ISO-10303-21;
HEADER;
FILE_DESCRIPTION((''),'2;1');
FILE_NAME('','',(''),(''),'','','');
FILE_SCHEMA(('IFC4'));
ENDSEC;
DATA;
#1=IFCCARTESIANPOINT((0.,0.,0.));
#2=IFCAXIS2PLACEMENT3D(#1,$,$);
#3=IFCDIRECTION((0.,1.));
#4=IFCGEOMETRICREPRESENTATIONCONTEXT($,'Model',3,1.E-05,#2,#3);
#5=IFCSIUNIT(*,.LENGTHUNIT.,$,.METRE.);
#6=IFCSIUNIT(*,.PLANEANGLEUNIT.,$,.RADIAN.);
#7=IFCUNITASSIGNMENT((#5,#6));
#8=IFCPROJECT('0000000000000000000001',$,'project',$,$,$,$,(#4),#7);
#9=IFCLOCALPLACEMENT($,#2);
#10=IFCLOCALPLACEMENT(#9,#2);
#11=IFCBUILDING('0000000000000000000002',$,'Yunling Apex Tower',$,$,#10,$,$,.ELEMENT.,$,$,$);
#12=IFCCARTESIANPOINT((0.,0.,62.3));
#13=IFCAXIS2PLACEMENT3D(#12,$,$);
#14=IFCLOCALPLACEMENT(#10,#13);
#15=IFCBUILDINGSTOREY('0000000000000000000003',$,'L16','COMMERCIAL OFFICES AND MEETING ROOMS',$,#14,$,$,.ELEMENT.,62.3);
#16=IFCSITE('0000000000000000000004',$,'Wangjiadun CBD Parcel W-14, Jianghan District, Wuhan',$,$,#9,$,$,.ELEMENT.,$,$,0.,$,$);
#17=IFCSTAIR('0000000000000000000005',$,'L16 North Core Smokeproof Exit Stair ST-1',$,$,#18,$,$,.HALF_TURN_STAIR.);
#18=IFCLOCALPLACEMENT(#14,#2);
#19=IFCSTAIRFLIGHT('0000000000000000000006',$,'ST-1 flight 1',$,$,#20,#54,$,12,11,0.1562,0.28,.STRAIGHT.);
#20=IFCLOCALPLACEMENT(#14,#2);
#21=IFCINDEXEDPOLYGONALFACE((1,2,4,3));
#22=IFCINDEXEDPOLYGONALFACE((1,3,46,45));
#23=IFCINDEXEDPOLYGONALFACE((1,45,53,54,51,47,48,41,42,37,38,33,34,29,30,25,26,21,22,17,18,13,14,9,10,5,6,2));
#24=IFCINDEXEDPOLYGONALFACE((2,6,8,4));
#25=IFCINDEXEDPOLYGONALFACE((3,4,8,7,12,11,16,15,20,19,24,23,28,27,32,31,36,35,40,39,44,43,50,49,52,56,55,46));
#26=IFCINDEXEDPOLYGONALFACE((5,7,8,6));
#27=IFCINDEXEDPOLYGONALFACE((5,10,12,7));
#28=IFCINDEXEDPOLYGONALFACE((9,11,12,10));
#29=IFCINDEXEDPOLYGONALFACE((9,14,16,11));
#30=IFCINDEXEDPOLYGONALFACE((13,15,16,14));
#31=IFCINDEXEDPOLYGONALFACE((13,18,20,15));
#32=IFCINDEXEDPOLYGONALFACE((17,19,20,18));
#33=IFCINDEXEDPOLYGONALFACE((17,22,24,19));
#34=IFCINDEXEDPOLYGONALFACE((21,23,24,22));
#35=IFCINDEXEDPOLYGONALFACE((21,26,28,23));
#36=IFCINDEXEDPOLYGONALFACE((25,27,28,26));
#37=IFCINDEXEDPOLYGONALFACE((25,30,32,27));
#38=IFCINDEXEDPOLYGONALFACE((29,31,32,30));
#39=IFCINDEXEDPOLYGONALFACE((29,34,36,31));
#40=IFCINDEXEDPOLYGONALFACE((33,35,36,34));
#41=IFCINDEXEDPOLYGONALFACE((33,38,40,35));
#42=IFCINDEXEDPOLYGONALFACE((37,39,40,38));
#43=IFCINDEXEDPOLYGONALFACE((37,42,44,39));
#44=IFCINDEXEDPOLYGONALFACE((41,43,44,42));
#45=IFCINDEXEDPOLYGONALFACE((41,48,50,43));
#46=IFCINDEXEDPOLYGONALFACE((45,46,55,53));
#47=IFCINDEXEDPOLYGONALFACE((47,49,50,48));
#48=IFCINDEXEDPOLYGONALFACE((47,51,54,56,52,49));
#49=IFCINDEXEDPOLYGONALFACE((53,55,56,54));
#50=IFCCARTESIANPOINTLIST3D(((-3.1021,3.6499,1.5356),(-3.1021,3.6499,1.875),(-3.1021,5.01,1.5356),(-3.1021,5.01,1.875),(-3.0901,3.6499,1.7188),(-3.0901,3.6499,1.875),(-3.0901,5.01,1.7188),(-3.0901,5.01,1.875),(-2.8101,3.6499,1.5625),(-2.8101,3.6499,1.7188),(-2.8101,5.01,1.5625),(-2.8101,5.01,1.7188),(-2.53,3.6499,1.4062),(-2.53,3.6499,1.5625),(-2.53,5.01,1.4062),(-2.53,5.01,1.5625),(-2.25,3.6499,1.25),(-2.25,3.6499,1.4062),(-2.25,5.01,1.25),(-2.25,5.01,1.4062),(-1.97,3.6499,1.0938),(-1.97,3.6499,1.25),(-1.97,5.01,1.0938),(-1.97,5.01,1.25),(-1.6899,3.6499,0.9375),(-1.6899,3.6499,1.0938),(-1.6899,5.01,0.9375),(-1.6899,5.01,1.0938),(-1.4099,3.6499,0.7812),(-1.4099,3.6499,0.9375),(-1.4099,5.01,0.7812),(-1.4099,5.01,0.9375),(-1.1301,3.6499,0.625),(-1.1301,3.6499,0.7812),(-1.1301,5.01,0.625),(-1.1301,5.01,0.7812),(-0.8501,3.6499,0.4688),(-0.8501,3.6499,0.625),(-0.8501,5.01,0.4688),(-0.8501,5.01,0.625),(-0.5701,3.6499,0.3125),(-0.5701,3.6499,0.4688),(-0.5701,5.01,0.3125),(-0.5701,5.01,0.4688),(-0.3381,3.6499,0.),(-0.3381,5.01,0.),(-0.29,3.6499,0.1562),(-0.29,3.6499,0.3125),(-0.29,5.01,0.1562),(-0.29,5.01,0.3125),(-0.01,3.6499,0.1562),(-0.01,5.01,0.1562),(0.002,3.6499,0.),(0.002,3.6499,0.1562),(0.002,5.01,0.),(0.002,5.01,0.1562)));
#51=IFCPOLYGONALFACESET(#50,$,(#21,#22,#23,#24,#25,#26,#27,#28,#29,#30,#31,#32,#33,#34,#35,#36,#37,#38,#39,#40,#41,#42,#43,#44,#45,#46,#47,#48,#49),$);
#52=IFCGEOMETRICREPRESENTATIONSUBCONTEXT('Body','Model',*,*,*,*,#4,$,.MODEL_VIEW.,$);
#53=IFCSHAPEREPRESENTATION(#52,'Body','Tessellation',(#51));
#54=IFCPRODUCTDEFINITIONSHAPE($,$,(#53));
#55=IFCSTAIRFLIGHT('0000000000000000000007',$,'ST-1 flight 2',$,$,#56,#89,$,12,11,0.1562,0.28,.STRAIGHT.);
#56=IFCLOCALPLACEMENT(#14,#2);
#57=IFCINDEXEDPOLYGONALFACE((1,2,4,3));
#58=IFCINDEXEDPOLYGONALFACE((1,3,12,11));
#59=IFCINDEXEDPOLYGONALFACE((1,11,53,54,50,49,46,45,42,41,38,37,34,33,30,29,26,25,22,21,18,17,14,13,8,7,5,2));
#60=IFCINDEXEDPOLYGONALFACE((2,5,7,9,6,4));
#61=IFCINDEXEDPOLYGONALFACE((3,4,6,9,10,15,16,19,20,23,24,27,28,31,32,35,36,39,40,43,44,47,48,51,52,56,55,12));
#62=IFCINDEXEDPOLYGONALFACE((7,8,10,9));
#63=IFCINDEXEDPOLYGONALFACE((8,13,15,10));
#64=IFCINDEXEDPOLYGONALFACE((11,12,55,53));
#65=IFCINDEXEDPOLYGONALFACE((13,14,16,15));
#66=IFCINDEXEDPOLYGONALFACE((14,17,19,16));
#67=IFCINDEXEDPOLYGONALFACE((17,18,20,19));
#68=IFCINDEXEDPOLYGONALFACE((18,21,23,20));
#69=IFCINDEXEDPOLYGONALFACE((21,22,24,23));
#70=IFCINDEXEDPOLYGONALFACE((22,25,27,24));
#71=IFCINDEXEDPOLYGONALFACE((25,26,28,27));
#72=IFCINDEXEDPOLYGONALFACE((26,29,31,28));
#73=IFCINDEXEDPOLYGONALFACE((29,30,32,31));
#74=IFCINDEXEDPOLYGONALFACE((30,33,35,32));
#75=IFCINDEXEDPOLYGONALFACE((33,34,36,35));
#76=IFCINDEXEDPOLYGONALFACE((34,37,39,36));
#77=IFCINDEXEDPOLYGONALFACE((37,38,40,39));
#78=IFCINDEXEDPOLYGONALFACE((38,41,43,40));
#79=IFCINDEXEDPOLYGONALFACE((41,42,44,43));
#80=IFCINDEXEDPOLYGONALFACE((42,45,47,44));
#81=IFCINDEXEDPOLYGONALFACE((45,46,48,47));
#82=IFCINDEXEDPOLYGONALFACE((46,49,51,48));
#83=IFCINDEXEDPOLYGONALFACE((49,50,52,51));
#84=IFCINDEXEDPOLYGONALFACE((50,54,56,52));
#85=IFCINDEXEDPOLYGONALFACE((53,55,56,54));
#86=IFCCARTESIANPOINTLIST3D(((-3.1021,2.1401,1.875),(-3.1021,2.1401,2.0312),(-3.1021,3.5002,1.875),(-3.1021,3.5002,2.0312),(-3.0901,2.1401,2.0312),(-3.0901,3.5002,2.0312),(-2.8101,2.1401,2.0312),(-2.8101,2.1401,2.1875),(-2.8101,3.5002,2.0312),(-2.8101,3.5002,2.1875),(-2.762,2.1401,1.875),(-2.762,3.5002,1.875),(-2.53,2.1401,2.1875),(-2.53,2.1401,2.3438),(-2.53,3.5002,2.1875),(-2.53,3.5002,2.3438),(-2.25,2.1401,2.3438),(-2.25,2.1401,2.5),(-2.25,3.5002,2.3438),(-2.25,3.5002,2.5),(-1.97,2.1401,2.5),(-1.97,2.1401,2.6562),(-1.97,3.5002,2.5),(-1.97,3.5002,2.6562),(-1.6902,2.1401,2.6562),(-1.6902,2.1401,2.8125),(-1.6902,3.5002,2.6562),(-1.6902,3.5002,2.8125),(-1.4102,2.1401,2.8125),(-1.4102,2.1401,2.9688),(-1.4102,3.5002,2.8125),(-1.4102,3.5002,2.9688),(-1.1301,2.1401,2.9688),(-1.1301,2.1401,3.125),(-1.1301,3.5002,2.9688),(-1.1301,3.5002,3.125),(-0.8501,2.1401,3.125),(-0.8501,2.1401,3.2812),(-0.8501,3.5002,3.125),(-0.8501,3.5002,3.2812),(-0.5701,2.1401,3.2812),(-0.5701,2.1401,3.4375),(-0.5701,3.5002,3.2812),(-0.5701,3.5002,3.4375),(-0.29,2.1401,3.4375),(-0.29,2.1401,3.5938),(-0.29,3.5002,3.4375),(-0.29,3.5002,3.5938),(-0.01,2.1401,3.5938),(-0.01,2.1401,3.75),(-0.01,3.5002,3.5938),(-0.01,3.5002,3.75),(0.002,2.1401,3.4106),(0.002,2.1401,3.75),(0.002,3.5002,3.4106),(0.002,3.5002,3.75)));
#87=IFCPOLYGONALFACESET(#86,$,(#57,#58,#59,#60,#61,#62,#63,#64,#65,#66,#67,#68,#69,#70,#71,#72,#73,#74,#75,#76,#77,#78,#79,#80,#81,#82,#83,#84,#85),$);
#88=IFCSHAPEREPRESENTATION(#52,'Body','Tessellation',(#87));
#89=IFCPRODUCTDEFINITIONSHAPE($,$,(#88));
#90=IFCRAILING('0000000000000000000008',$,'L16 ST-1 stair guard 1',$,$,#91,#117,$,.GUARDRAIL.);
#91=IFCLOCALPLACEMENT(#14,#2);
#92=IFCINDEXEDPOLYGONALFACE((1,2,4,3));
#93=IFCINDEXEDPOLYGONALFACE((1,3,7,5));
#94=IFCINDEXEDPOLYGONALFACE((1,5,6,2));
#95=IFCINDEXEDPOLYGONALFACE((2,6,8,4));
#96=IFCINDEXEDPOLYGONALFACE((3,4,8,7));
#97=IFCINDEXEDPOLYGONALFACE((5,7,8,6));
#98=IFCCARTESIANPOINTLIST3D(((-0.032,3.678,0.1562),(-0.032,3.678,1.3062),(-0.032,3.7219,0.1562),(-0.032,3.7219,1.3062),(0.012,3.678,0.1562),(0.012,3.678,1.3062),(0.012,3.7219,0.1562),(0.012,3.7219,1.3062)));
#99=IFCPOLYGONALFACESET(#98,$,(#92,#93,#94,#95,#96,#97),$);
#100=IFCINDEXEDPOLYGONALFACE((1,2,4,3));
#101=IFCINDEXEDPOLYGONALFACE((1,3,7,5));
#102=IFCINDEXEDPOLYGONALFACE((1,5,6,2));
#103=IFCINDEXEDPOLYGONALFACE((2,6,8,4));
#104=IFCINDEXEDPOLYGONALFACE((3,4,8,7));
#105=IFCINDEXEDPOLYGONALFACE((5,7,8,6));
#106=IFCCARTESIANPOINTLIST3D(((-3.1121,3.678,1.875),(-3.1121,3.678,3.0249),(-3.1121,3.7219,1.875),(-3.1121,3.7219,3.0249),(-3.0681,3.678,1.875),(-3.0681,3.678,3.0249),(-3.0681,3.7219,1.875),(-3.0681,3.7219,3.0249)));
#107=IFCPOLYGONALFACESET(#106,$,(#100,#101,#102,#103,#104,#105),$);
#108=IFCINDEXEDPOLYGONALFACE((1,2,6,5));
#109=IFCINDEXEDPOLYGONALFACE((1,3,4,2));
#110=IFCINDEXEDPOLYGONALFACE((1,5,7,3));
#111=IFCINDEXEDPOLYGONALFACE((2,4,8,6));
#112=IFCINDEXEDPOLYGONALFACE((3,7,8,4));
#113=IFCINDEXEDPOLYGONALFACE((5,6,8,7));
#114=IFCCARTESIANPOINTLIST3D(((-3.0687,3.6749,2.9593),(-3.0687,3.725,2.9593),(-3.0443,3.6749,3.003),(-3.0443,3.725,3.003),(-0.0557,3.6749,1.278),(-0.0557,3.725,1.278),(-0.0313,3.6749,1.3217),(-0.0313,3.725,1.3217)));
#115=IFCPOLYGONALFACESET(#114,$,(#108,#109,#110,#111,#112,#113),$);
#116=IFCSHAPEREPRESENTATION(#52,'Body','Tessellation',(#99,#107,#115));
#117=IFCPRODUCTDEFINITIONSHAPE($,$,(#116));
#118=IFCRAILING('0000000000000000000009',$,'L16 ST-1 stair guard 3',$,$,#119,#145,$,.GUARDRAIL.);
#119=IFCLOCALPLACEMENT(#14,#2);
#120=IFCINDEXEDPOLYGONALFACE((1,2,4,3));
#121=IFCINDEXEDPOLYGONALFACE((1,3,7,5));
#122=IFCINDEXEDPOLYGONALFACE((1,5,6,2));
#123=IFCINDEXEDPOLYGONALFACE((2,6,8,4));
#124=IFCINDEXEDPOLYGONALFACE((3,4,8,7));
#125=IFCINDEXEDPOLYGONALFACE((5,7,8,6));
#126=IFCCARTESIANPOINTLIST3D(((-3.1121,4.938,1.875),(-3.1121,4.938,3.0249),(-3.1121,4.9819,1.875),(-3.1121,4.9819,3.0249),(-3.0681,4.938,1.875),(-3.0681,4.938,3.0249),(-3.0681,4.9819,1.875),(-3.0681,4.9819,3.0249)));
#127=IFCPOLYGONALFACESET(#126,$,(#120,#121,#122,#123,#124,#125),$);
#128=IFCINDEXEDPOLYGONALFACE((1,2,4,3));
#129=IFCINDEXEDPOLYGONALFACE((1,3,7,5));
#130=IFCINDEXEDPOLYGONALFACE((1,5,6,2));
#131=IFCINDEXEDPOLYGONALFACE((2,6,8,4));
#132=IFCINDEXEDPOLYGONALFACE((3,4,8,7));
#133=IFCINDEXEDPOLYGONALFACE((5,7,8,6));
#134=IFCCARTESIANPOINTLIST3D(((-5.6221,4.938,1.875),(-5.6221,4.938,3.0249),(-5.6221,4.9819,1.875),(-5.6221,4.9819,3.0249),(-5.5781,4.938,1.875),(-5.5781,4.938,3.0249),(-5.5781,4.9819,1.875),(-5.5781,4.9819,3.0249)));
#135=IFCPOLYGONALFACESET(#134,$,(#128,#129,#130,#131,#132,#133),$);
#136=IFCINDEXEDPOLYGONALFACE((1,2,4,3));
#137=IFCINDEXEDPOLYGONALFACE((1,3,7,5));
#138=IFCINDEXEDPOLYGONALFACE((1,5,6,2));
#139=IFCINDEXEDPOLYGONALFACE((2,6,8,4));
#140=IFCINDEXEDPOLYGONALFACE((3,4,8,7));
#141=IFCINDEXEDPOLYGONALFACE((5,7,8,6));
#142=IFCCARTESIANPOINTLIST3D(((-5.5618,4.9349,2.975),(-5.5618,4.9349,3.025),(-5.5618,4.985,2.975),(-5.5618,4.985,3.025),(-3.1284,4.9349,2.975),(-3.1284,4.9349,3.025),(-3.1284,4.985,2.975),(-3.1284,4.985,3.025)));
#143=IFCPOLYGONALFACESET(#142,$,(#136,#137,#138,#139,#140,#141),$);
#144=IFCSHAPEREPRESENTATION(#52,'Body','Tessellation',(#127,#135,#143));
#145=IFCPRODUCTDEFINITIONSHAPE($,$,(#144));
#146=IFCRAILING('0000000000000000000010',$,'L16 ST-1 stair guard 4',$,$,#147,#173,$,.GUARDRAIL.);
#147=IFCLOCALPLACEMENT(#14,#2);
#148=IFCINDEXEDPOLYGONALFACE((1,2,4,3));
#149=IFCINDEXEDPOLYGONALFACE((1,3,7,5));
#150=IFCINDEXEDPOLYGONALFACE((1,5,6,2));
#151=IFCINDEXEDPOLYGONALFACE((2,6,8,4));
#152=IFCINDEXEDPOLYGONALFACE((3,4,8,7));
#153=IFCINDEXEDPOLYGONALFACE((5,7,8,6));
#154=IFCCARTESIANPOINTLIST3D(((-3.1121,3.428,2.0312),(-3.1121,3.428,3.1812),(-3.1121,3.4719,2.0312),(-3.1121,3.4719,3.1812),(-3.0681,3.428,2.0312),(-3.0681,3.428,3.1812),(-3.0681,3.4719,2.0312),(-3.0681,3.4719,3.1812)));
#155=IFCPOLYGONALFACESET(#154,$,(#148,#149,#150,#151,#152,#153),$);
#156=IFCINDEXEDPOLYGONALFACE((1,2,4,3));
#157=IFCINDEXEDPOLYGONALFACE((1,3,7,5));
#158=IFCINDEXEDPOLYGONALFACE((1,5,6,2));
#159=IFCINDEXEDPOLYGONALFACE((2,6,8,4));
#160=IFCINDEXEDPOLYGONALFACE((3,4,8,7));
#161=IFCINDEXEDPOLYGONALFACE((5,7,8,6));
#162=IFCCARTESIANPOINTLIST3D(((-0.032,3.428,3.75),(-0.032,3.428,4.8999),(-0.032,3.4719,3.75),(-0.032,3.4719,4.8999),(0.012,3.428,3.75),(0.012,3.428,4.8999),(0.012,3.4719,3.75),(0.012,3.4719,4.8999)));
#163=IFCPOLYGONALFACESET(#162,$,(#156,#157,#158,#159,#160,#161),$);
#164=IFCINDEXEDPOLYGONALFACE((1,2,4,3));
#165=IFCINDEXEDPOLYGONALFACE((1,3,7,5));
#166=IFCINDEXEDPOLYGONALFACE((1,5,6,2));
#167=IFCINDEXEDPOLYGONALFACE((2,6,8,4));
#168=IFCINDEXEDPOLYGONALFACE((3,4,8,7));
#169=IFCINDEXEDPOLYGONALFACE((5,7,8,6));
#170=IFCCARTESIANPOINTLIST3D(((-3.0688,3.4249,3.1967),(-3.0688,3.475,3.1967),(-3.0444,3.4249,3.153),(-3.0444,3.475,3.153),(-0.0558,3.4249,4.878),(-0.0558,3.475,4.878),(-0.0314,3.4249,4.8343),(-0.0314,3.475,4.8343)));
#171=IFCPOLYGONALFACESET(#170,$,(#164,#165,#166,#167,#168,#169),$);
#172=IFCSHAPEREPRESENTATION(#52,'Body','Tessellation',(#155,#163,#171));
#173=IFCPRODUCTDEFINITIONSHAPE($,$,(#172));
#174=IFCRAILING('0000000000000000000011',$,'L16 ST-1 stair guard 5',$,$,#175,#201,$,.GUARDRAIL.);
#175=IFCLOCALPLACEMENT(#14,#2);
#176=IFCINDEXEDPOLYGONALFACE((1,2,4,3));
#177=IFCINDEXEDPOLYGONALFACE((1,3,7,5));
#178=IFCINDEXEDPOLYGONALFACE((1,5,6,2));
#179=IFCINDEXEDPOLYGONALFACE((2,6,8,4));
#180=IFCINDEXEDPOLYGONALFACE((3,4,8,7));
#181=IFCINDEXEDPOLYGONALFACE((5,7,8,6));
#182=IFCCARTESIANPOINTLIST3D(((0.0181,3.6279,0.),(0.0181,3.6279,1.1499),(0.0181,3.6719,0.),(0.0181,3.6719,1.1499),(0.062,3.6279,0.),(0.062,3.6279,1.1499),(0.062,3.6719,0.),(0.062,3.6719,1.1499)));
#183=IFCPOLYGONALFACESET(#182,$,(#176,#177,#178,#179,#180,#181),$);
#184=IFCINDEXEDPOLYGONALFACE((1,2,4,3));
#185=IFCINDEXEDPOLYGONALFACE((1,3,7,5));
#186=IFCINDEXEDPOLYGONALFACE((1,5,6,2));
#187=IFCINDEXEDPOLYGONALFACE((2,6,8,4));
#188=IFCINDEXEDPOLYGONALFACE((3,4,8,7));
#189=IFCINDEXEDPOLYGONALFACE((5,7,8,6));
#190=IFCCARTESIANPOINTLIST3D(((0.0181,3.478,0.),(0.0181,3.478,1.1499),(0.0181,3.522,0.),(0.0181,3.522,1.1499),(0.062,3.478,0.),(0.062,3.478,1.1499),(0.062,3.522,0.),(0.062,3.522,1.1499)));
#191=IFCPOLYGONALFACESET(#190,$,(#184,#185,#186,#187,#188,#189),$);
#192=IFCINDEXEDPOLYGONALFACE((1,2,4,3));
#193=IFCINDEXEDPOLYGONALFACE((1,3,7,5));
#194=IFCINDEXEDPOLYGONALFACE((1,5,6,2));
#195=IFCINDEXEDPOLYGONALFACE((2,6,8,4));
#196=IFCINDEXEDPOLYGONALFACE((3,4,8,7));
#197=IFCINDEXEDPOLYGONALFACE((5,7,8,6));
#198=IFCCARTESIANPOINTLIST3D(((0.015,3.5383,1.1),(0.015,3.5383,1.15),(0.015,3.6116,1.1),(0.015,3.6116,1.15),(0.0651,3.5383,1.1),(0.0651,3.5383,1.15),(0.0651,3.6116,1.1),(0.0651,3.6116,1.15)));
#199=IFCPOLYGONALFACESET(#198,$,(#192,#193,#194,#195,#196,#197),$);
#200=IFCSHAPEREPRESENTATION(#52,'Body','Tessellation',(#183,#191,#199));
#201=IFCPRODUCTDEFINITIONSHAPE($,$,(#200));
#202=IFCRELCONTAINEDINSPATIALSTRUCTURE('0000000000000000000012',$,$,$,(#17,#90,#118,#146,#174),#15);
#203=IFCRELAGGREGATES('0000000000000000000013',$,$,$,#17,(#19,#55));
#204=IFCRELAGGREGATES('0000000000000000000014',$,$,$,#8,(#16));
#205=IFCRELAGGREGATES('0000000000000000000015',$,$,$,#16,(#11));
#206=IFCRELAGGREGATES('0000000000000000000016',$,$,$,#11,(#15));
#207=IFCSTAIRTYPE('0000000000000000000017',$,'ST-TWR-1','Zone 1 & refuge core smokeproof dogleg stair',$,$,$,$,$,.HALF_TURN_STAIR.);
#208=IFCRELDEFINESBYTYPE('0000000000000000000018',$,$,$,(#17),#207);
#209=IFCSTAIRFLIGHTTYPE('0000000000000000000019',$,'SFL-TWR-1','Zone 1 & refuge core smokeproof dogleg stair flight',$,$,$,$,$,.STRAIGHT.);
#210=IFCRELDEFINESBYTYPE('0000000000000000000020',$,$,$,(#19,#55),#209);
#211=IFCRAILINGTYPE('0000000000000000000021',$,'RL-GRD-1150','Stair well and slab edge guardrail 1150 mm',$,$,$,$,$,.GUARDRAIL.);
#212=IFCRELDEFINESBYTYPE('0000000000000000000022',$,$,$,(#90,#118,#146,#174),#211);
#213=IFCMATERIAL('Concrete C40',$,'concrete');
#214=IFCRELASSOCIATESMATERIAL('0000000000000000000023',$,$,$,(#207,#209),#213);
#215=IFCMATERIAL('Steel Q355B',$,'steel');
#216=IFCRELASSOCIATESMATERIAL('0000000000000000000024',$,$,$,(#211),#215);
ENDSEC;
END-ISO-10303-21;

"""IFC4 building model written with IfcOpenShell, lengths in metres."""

from ifc_helpers import new_model, si_unit, direction, frame, origin, origin_2d, place, context, subcontext, project, spatial, polyline, rectangle, outline, extrude, material, type_object, element, aggregate, save


model = new_model("IFC4")

# Units and contexts
model_context = context("Model", 3, precision=1e-05, world=origin(), true_north=direction((0.0, 1.0)))
body_context = subcontext(model_context, "Body", "Model", "MODEL_VIEW")
ifc_project = project(units=[si_unit("LENGTHUNIT", "METRE"), si_unit("PLANEANGLEUNIT", "RADIAN")], contexts=[model_context])

# Site, building, storey
site_placement = place(None, origin())
site = spatial("IfcSite", under=ifc_project, at=site_placement, Name="Wangjiadun CBD Parcel W-14, Jianghan District, Wuhan", CompositionType="ELEMENT", RefElevation=0.0)
building_placement = place(site_placement, origin())
building = spatial("IfcBuilding", under=site, at=building_placement, Name="Yunling Apex Tower", CompositionType="ELEMENT")
storey_placement = place(building_placement, frame((0.0, 0.0, 62.3)))
storey = spatial("IfcBuildingStorey", under=building, at=storey_placement, Name="L16", Description="COMMERCIAL OFFICES AND MEETING ROOMS", CompositionType="ELEMENT", Elevation=62.3)

# Shared definitions
ifc_material_1 = material(Name="Steel Q355B", Category="steel")

# Shared definitions
ifc_material_2 = material(Name="Concrete C40", Category="concrete")

# Stair
stair_type = type_object("IfcStairType", Name="ST-TWR-1", Description="Zone 1 & refuge core smokeproof dogleg stair", PredefinedType="HALF_TURN_STAIR", material=ifc_material_2)
stair_1_placement = place(storey_placement, origin())
stair_1 = element("IfcStair", 1, at=stair_1_placement, inside=storey, type_object=stair_type, Name="L16 North Core Smokeproof Exit Stair ST-1", PredefinedType="HALF_TURN_STAIR")

# Stair flights
stair_flight_type = type_object("IfcStairFlightType", Name="SFL-TWR-1", Description="Zone 1 & refuge core smokeproof dogleg stair flight", PredefinedType="STRAIGHT", material=ifc_material_2)
stair_flight_1_placement = place(storey_placement, frame((-0.01, 4.3301, 0.0), z_axis=(0.0, 0.0, 1.0), x_axis=(-1.0, 0.0, 0.0)))
stair_flight_1 = element("IfcStairFlight", 2, at=stair_flight_1_placement, type_object=stair_flight_type, Name="ST-1 flight 1", NumberOfRisers=12, NumberOfTreads=11, PredefinedType="STRAIGHT", RiserHeight=0.1562, TreadLength=0.28, context=body_context, shape_type="SweptSolid", body=[
    extrude(outline(polyline([(-0.012, 0.0), (-0.012, 0.1562), (0.0, 0.1562), (0.28, 0.1562), (0.28, 0.3125), (0.5601, 0.3125), (0.5601, 0.4688), (0.8401, 0.4688), (0.8401, 0.625), (1.1201, 0.625), (1.1201, 0.7812), (1.3999, 0.7812), (1.3999, 0.9375), (1.6799, 0.9375), (1.6799, 1.0938), (1.96, 1.0938), (1.96, 1.25), (2.24, 1.25), (2.24, 1.4062), (2.52, 1.4062), (2.52, 1.5625), (2.8, 1.5625), (2.8, 1.7188), (3.0801, 1.7188), (3.0801, 1.875), (3.092, 1.875), (3.092, 1.5356), (0.3281, 0.0), (-0.012, 0.0)])), frame((0.0, 0.6802, 0.0), z_axis=(0.0, -1.0, 0.0), x_axis=(1.0, 0.0, 0.0)), (0.0, 0.0, 1.0), 1.3601),
])
stair_flight_2_placement = place(storey_placement, frame((-3.0901, 2.8201, 1.875), z_axis=(0.0, 0.0, 1.0), x_axis=(1.0, 0.0, 0.0)))
stair_flight_2 = element("IfcStairFlight", 3, at=stair_flight_2_placement, type_object=stair_flight_type, Name="ST-1 flight 2", NumberOfRisers=12, NumberOfTreads=11, PredefinedType="STRAIGHT", RiserHeight=0.1562, TreadLength=0.28, context=body_context, shape_type="SweptSolid", body=[
    extrude(outline(polyline([(-0.012, 0.0), (-0.012, 0.1562), (0.0, 0.1562), (0.28, 0.1562), (0.28, 0.3125), (0.5601, 0.3125), (0.5601, 0.4688), (0.8401, 0.4688), (0.8401, 0.625), (1.1201, 0.625), (1.1201, 0.7812), (1.3999, 0.7812), (1.3999, 0.9375), (1.6799, 0.9375), (1.6799, 1.0938), (1.96, 1.0938), (1.96, 1.25), (2.24, 1.25), (2.24, 1.4062), (2.52, 1.4062), (2.52, 1.5625), (2.8, 1.5625), (2.8, 1.7188), (3.0801, 1.7188), (3.0801, 1.875), (3.092, 1.875), (3.092, 1.5356), (0.3281, 0.0), (-0.012, 0.0)])), frame((0.0, 0.6802, 0.0), z_axis=(0.0, -1.0, 0.0), x_axis=(1.0, 0.0, 0.0)), (0.0, 0.0, 1.0), 1.3601),
])
aggregate(stair_1, [stair_flight_1, stair_flight_2])

# Railings
railing_type_1 = type_object("IfcRailingType", Name="RL-GRD-1150", Description="Stair well and slab edge guardrail 1150 mm", PredefinedType="GUARDRAIL", material=ifc_material_1)
railing_1_placement = place(storey_placement, frame((-0.01, 3.7, 0.1562)))
element("IfcRailing", 4, at=railing_1_placement, inside=storey, type_object=railing_type_1, Name="L16 ST-1 stair guard 1", PredefinedType="GUARDRAIL", context=body_context, shape_type="SweptSolid", body=[
    extrude(rectangle(XDim=0.0439, YDim=0.0439, at=origin_2d()), origin(), (0.0, 0.0, 1.0), 1.1499),
    extrude(rectangle(XDim=0.0439, YDim=0.0439, at=origin_2d()), frame((-3.0801, 0.0, 1.7188)), (0.0, 0.0, 1.0), 1.1499),
    extrude(rectangle(XDim=0.05, YDim=0.05, at=origin_2d()), frame((-0.0334, 0.0, 1.1436), z_axis=(-0.873242, 0.0, 0.487288), x_axis=(0.0, -1.0, 0.0)), (0.0, 0.0, 1.0), 3.4504),
])
railing_2_placement = place(storey_placement, frame((-3.0901, 4.96, 1.875)))
element("IfcRailing", 5, at=railing_2_placement, inside=storey, type_object=railing_type_1, Name="L16 ST-1 stair guard 3", PredefinedType="GUARDRAIL", context=body_context, shape_type="SweptSolid", body=[
    extrude(rectangle(XDim=0.0439, YDim=0.0439, at=origin_2d()), origin(), (0.0, 0.0, 1.0), 1.1499),
    extrude(rectangle(XDim=0.0439, YDim=0.0439, at=origin_2d()), frame((-2.51, 0.0, 0.0)), (0.0, 0.0, 1.0), 1.1499),
    extrude(rectangle(XDim=0.05, YDim=0.05, at=origin_2d()), frame((-0.0383, 0.0, 1.125), z_axis=(-1.0, 0.0, 0.0), x_axis=(0.0, -1.0, 0.0)), (0.0, 0.0, 1.0), 2.4333),
])
railing_3_placement = place(storey_placement, frame((-3.0901, 3.45, 2.0312)))
element("IfcRailing", 6, at=railing_3_placement, inside=storey, type_object=railing_type_1, Name="L16 ST-1 stair guard 4", PredefinedType="GUARDRAIL", context=body_context, shape_type="SweptSolid", body=[
    extrude(rectangle(XDim=0.0439, YDim=0.0439, at=origin_2d()), origin(), (0.0, 0.0, 1.0), 1.1499),
    extrude(rectangle(XDim=0.0439, YDim=0.0439, at=origin_2d()), frame((3.0801, 0.0, 1.7188)), (0.0, 0.0, 1.0), 1.1499),
    extrude(rectangle(XDim=0.05, YDim=0.05, at=origin_2d()), frame((0.0334, 0.0, 1.1436), z_axis=(0.873242, 0.0, 0.487288), x_axis=(0.0, 1.0, 0.0)), (0.0, 0.0, 1.0), 3.4504),
])
railing_4_placement = place(storey_placement, frame((0.04, 3.6499, 0.0)))
element("IfcRailing", 7, at=railing_4_placement, inside=storey, type_object=railing_type_1, Name="L16 ST-1 stair guard 5", PredefinedType="GUARDRAIL", context=body_context, shape_type="SweptSolid", body=[
    extrude(rectangle(XDim=0.0439, YDim=0.0439, at=origin_2d()), origin(), (0.0, 0.0, 1.0), 1.1499),
    extrude(rectangle(XDim=0.0439, YDim=0.0439, at=origin_2d()), frame((0.0, -0.1499, 0.0)), (0.0, 0.0, 1.0), 1.1499),
    extrude(rectangle(XDim=0.05, YDim=0.05, at=origin_2d()), frame((0.0, -0.0383, 1.125), z_axis=(0.0, -1.0, 0.0), x_axis=(1.0, 0.0, 0.0)), (0.0, 0.0, 1.0), 0.0732),
])

save(model, "model.ifc")
